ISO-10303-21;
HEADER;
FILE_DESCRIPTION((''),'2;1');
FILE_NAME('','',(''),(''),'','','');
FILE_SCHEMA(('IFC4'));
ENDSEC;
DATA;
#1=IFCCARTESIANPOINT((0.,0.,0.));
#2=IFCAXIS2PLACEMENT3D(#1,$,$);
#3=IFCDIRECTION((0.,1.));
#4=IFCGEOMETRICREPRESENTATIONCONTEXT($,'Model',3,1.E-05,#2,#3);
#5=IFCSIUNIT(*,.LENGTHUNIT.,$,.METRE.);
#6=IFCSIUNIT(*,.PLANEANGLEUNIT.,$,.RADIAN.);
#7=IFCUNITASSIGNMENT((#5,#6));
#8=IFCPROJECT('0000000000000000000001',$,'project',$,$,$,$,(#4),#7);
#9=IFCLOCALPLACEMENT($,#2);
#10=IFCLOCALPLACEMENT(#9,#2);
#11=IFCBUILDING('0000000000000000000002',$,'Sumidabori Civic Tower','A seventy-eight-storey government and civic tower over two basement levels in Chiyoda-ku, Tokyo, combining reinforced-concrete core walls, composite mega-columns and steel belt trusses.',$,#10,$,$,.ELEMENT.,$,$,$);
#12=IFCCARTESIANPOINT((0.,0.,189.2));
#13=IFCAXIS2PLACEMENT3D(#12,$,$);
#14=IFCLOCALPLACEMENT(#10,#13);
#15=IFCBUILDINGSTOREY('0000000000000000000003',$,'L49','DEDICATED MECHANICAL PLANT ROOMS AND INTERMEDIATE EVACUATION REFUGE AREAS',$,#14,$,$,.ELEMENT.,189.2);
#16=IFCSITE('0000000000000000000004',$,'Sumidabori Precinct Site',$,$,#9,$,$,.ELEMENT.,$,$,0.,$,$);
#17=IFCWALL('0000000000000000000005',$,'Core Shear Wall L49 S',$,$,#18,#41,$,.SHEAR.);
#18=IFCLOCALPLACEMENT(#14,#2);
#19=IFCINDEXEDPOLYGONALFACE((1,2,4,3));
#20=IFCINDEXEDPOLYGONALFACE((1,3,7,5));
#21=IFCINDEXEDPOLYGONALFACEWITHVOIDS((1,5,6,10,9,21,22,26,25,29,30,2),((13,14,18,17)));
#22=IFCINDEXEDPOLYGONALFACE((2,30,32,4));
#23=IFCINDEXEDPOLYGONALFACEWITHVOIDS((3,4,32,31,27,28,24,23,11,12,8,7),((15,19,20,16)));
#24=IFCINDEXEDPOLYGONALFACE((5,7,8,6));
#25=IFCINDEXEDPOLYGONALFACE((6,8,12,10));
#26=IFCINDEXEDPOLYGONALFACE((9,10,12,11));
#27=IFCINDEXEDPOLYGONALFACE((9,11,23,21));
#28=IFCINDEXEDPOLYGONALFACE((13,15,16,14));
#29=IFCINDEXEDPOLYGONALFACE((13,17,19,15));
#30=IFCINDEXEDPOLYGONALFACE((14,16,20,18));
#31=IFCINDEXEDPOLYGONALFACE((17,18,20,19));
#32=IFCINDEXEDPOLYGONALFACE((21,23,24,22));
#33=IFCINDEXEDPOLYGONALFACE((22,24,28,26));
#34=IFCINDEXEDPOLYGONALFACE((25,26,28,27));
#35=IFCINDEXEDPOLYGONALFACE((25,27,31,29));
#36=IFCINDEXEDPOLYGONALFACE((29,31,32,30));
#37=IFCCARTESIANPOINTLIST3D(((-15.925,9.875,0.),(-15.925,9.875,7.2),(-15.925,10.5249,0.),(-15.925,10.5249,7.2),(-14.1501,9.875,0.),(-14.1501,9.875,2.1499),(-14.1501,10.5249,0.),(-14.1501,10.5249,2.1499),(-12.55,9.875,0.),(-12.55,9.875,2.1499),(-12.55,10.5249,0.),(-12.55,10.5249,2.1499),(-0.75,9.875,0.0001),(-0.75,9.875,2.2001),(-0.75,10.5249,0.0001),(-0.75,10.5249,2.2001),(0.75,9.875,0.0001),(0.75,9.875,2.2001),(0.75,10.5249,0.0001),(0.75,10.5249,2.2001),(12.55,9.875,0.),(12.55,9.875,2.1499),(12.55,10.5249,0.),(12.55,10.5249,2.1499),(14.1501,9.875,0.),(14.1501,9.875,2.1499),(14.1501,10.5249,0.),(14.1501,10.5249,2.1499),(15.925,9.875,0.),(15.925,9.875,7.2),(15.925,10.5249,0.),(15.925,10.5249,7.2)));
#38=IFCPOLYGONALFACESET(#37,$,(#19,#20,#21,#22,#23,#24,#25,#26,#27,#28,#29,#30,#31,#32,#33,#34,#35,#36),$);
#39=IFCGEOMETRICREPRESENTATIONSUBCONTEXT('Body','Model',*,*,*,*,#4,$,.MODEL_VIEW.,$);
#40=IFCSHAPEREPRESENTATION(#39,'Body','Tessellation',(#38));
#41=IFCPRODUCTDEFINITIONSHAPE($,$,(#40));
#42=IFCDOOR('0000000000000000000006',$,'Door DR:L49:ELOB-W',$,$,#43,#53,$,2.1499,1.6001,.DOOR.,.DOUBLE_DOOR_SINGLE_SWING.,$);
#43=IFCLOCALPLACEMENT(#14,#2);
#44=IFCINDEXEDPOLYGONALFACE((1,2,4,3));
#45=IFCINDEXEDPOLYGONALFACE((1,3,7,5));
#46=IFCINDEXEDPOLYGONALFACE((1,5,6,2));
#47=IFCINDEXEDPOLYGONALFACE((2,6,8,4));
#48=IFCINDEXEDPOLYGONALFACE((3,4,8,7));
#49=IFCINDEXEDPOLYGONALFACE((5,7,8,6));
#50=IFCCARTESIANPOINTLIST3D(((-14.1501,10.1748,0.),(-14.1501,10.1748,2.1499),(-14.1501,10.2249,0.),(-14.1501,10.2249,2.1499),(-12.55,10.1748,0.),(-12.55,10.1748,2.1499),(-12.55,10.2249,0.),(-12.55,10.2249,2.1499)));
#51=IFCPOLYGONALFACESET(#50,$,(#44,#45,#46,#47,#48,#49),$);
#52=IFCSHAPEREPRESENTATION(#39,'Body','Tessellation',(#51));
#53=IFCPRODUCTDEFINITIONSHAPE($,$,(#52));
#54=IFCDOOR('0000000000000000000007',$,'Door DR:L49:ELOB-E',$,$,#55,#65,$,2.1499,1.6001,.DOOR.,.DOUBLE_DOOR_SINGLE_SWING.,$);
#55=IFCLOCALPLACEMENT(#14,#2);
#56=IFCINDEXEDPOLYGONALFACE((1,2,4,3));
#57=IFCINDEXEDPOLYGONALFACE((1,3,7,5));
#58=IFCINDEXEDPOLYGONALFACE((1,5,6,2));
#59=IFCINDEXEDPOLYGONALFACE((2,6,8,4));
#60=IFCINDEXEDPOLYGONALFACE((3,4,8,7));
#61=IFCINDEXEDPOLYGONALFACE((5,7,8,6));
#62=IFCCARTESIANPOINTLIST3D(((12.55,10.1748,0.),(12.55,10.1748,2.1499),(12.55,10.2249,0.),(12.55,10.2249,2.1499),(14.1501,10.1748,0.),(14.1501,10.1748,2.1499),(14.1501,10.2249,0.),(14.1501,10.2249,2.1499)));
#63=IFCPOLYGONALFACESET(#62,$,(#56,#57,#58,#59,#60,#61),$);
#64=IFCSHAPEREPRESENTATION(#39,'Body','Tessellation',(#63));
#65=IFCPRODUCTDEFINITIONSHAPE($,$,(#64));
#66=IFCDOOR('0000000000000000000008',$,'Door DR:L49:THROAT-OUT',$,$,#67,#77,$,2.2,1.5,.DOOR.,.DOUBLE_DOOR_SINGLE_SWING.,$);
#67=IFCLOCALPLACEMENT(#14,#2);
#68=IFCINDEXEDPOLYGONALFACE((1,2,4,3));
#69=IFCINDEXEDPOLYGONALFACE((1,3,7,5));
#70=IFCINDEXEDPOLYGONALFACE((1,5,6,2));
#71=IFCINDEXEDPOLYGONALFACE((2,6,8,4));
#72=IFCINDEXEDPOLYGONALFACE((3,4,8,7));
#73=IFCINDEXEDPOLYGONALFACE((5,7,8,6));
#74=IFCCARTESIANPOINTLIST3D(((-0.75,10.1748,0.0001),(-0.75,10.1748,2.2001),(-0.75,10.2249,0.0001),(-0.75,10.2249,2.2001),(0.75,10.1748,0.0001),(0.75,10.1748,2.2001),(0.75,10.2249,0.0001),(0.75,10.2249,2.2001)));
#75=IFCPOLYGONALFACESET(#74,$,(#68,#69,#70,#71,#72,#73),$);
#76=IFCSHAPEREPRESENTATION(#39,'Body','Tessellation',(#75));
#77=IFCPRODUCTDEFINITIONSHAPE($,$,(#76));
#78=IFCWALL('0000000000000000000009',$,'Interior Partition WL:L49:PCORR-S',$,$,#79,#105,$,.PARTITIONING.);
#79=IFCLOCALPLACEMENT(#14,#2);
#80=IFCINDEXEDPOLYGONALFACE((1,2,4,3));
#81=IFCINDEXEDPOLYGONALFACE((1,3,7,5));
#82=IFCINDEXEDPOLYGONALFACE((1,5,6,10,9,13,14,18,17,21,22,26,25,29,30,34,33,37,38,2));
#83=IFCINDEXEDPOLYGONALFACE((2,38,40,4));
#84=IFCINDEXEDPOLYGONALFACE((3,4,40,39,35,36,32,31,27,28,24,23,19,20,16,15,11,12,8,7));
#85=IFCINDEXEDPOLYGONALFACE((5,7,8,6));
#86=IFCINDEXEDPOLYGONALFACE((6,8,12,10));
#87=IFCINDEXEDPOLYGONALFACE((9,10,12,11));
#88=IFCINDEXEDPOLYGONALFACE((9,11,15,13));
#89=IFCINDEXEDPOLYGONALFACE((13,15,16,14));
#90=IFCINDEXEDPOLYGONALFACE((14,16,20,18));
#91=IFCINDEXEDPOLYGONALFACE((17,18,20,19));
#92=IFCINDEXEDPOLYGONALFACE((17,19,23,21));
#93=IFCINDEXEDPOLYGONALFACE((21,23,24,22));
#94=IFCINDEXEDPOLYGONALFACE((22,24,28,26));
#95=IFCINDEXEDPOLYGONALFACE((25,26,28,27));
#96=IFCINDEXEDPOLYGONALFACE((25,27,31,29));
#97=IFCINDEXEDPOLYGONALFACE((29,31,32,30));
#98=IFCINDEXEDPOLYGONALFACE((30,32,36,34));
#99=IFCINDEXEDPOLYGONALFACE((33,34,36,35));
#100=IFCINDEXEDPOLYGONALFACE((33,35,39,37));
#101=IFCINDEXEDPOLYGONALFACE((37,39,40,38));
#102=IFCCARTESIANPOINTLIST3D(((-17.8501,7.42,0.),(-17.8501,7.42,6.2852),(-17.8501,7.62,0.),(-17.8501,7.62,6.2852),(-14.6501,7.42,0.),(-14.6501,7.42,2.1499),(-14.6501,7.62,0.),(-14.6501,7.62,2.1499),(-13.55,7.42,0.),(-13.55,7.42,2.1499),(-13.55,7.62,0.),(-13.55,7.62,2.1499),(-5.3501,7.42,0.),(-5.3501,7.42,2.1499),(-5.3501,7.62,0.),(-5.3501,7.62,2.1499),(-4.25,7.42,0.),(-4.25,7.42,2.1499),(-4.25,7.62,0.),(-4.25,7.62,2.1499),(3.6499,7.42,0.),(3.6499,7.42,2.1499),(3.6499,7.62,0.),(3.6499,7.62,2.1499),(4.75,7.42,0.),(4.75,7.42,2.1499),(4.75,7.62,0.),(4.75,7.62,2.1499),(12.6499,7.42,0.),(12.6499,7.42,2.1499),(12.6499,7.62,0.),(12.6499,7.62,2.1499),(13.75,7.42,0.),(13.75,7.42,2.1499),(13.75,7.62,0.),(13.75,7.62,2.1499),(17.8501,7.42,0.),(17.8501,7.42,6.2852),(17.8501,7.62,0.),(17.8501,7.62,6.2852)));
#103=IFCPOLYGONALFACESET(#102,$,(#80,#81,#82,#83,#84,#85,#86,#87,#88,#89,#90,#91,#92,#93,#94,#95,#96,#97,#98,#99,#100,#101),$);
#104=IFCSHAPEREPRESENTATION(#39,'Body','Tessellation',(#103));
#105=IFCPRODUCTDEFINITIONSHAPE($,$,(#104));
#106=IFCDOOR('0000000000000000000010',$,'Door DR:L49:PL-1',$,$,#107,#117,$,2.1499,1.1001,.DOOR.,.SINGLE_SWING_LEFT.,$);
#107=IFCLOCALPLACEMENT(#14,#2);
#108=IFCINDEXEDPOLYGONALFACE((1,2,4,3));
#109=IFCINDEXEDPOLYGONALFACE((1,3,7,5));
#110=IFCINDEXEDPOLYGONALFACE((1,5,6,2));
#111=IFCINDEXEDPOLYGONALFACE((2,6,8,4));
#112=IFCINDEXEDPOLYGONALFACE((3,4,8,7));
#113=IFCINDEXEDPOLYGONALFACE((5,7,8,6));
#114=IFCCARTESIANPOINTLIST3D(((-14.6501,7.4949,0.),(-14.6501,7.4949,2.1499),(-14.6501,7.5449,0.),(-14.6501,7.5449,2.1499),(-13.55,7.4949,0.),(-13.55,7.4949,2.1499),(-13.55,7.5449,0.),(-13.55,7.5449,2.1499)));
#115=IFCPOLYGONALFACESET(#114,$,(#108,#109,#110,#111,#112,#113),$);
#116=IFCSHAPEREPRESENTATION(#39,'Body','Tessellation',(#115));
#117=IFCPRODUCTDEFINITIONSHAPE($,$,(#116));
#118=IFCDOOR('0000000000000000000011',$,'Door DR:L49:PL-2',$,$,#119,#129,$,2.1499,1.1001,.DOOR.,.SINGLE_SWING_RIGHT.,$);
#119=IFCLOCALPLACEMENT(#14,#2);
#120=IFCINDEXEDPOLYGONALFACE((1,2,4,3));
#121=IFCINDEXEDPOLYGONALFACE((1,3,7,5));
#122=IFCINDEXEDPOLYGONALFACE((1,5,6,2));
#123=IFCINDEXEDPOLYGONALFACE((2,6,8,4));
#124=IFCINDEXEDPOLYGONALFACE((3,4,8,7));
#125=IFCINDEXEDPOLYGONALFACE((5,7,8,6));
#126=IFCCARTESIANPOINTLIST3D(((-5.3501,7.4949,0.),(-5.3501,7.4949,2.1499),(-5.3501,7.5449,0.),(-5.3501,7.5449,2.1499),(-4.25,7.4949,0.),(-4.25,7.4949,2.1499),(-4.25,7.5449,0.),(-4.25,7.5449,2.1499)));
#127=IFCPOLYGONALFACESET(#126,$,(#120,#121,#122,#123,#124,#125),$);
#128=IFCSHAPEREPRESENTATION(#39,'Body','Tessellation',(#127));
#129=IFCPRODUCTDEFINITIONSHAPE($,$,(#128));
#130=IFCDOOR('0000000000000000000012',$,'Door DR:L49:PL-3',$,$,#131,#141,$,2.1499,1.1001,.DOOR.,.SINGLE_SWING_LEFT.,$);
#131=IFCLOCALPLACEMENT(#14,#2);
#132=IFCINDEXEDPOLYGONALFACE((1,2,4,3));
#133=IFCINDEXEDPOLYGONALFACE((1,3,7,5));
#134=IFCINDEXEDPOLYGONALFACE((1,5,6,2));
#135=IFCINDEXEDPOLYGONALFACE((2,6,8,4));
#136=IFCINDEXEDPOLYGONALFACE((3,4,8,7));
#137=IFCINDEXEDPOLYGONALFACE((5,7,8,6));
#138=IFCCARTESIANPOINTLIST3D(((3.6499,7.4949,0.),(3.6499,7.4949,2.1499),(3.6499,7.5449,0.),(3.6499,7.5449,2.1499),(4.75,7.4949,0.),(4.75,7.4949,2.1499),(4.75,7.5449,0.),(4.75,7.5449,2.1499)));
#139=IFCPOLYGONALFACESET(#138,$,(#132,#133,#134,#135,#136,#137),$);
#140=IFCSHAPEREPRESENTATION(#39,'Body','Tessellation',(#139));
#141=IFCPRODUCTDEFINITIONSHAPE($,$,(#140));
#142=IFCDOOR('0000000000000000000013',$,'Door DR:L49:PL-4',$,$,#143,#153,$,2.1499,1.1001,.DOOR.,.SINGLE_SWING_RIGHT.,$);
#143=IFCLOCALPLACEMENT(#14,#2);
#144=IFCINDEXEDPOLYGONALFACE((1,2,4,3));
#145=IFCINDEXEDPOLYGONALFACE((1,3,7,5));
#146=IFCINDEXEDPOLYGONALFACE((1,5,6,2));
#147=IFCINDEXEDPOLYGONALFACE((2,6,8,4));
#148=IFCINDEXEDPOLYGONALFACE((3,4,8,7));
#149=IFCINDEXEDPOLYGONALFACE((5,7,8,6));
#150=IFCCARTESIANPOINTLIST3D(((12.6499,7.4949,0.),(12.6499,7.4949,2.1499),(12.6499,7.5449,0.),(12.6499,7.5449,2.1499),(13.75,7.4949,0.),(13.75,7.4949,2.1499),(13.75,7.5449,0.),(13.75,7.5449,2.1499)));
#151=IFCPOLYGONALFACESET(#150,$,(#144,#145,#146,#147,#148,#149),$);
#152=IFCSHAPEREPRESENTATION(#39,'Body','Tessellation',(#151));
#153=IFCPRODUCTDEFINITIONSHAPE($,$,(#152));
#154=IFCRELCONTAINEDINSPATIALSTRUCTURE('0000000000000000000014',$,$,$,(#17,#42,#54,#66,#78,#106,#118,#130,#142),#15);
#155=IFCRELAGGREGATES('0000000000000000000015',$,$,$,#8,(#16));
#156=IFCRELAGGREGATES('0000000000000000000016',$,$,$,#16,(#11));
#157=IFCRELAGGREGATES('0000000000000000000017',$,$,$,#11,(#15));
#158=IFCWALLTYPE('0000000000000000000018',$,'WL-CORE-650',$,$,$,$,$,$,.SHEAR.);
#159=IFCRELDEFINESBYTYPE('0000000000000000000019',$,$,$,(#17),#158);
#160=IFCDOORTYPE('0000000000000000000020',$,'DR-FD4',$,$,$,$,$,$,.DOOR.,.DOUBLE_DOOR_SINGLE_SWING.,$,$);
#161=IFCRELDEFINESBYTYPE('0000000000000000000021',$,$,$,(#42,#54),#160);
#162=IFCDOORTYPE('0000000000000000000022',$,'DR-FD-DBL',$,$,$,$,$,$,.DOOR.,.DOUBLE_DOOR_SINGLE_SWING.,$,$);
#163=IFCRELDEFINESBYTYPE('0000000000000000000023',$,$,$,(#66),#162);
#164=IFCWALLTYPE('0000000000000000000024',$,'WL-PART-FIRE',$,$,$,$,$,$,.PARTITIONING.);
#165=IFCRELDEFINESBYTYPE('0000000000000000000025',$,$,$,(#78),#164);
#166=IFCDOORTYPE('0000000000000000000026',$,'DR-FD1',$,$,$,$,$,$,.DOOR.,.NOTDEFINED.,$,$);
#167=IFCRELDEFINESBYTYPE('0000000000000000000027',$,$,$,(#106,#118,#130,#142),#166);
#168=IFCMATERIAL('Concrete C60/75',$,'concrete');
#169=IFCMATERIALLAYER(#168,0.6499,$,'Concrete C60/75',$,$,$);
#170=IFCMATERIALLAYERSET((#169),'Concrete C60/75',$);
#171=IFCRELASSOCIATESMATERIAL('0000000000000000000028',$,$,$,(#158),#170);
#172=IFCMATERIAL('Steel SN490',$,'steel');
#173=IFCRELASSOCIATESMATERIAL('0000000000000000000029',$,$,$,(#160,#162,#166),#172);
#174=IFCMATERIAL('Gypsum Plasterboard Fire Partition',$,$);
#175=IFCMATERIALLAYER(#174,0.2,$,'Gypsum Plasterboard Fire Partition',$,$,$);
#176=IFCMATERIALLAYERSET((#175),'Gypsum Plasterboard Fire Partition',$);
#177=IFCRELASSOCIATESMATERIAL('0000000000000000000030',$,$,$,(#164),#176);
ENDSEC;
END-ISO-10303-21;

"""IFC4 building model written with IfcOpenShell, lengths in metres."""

from ifc_helpers import new_model, si_unit, direction, frame, frame_2d, origin, place, context, subcontext, project, spatial, rectangle, extrude, source, transform, mapped, material, layer, layer_set, type_object, element, fill, save


model = new_model("IFC4")

# Units and contexts
model_context = context("Model", 3, precision=1e-05, world=origin(), true_north=direction((0.0, 1.0)))
body_context = subcontext(model_context, "Body", "Model", "MODEL_VIEW")
ifc_project = project(units=[si_unit("LENGTHUNIT", "METRE"), si_unit("PLANEANGLEUNIT", "RADIAN")], contexts=[model_context])

# Site, building, storey
site_placement = place(None, origin())
site = spatial("IfcSite", under=ifc_project, at=site_placement, Name="Sumidabori Precinct Site", CompositionType="ELEMENT", RefElevation=0.0)
building_placement = place(site_placement, origin())
building = spatial("IfcBuilding", under=site, at=building_placement, Name="Sumidabori Civic Tower", Description="A seventy-eight-storey government and civic tower over two basement levels in Chiyoda-ku, Tokyo, combining reinforced-concrete core walls, composite mega-columns and steel belt trusses.", CompositionType="ELEMENT")
storey_placement = place(building_placement, frame((0.0, 0.0, 189.2)))
storey = spatial("IfcBuildingStorey", under=building, at=storey_placement, Name="L49", Description="DEDICATED MECHANICAL PLANT ROOMS AND INTERMEDIATE EVACUATION REFUGE AREAS", CompositionType="ELEMENT", Elevation=189.2)

# Shared definitions
ifc_material_1 = material(Name="Concrete C60/75", Category="concrete")

# Shared definitions
ifc_material_2 = material(Name="Steel SN490", Category="steel")

# Walls, openings, doors
ifc_layer_1 = layer(ifc_material_1, 0.6499, Name="Concrete C60/75")
ifc_layer_set_1 = layer_set([ifc_layer_1], Name="Concrete C60/75")
wall_type_1 = type_object("IfcWallType", Name="WL-CORE-650", PredefinedType="SHEAR", material=ifc_layer_set_1)
shared_shape_1 = source(origin(), body_context, "Body", "SweptSolid", [
    extrude(rectangle(XDim=31.8501, YDim=0.6499, at=frame_2d((15.925, 0.0))), origin(), (0.0, 0.0, 1.0), 7.2),
])
wall_1_placement = place(storey_placement, frame((-15.925, 10.2, 0.0), z_axis=(0.0, 0.0, 1.0), x_axis=(1.0, 0.0, 0.0)))
wall_1 = element("IfcWall", 1, at=wall_1_placement, inside=storey, type_object=wall_type_1, Name="Core Shear Wall L49 S", PredefinedType="SHEAR", context=body_context, shape_type="MappedRepresentation", body=[
    mapped(shared_shape_1, transform((0.0, 0.0, 0.0), x_axis=(1.0, 0.0, 0.0), y_axis=(0.0, 1.0, 0.0), z_axis=(0.0, 0.0, 1.0), scale=1.0)),
])
opening_1_placement = place(wall_1_placement, frame((1.7749, 0.0, 0.0)))
opening_1 = element("IfcOpeningElement", 2, at=opening_1_placement, cuts=wall_1, PredefinedType="OPENING", context=body_context, shape_type="SweptSolid", body=[
    extrude(rectangle(XDim=1.6001, YDim=2.1499, at=frame_2d((0.8, 1.075))), frame((0.0, 0.3369, 0.0), z_axis=(0.0, -1.0, 0.0), x_axis=(1.0, 0.0, 0.0)), (0.0, 0.0, 1.0), 0.6738),
])
opening_2_placement = place(wall_1_placement, frame((28.4751, 0.0, 0.0)))
opening_2 = element("IfcOpeningElement", 3, at=opening_2_placement, cuts=wall_1, PredefinedType="OPENING", context=body_context, shape_type="SweptSolid", body=[
    extrude(rectangle(XDim=1.6001, YDim=2.1499, at=frame_2d((0.8, 1.075))), frame((0.0, 0.3369, 0.0), z_axis=(0.0, -1.0, 0.0), x_axis=(1.0, 0.0, 0.0)), (0.0, 0.0, 1.0), 0.6738),
])
opening_3_placement = place(wall_1_placement, frame((15.175, 0.0, 0.0)))
opening_3 = element("IfcOpeningElement", 4, at=opening_3_placement, cuts=wall_1, PredefinedType="OPENING", context=body_context, shape_type="SweptSolid", body=[
    extrude(rectangle(XDim=1.5, YDim=2.2, at=frame_2d((0.75, 1.1001))), frame((0.0, 0.3369, 0.0), z_axis=(0.0, -1.0, 0.0), x_axis=(1.0, 0.0, 0.0)), (0.0, 0.0, 1.0), 0.6738),
])
door_type_1 = type_object("IfcDoorType", Name="DR-FD4", OperationType="DOUBLE_DOOR_SINGLE_SWING", PredefinedType="DOOR", material=ifc_material_2)
shared_shape_2 = source(origin(), body_context, "Body", "SweptSolid", [
    extrude(rectangle(XDim=1.6001, YDim=2.1499, at=frame_2d((0.8, 1.075))), frame((0.0, 0.0249, 0.0), z_axis=(0.0, -1.0, 0.0), x_axis=(1.0, 0.0, 0.0)), (0.0, 0.0, 1.0), 0.05),
])
door_1_placement = place(opening_1_placement, origin())
door_1 = element("IfcDoor", 5, at=door_1_placement, inside=storey, type_object=door_type_1, Name="Door DR:L49:ELOB-W", OperationType="DOUBLE_DOOR_SINGLE_SWING", OverallHeight=2.1499, OverallWidth=1.6001, PredefinedType="DOOR", context=body_context, shape_type="MappedRepresentation", body=[
    mapped(shared_shape_2, transform((0.0, 0.0, 0.0), x_axis=(1.0, 0.0, 0.0), y_axis=(0.0, 1.0, 0.0), z_axis=(0.0, 0.0, 1.0), scale=1.0)),
])
fill(opening_1, door_1)
door_2_placement = place(opening_2_placement, origin())
door_2 = element("IfcDoor", 6, at=door_2_placement, inside=storey, type_object=door_type_1, Name="Door DR:L49:ELOB-E", OperationType="DOUBLE_DOOR_SINGLE_SWING", OverallHeight=2.1499, OverallWidth=1.6001, PredefinedType="DOOR", context=body_context, shape_type="MappedRepresentation", body=[
    mapped(shared_shape_2, transform((0.0, 0.0, 0.0), x_axis=(1.0, 0.0, 0.0), y_axis=(0.0, 1.0, 0.0), z_axis=(0.0, 0.0, 1.0), scale=1.0)),
])
fill(opening_2, door_2)
door_type_2 = type_object("IfcDoorType", Name="DR-FD-DBL", OperationType="DOUBLE_DOOR_SINGLE_SWING", PredefinedType="DOOR", material=ifc_material_2)
shared_shape_3 = source(origin(), body_context, "Body", "SweptSolid", [
    extrude(rectangle(XDim=1.5, YDim=2.2, at=frame_2d((0.75, 1.1001))), frame((0.0, 0.0249, 0.0), z_axis=(0.0, -1.0, 0.0), x_axis=(1.0, 0.0, 0.0)), (0.0, 0.0, 1.0), 0.05),
])
door_3_placement = place(opening_3_placement, origin())
door_3 = element("IfcDoor", 7, at=door_3_placement, inside=storey, type_object=door_type_2, Name="Door DR:L49:THROAT-OUT", OperationType="DOUBLE_DOOR_SINGLE_SWING", OverallHeight=2.2, OverallWidth=1.5, PredefinedType="DOOR", context=body_context, shape_type="MappedRepresentation", body=[
    mapped(shared_shape_3, transform((0.0, 0.0, 0.0), x_axis=(1.0, 0.0, 0.0), y_axis=(0.0, 1.0, 0.0), z_axis=(0.0, 0.0, 1.0), scale=1.0)),
])
fill(opening_3, door_3)
ifc_material_3 = material(Name="Gypsum Plasterboard Fire Partition")
ifc_layer_2 = layer(ifc_material_3, 0.2, Name="Gypsum Plasterboard Fire Partition")
ifc_layer_set_2 = layer_set([ifc_layer_2], Name="Gypsum Plasterboard Fire Partition")
wall_type_2 = type_object("IfcWallType", Name="WL-PART-FIRE", PredefinedType="PARTITIONING", material=ifc_layer_set_2)
shared_shape_4 = source(origin(), body_context, "Body", "SweptSolid", [
    extrude(rectangle(XDim=35.7002, YDim=0.2, at=frame_2d((17.8501, 0.0))), origin(), (0.0, 0.0, 1.0), 6.2852),
])
wall_2_placement = place(storey_placement, frame((-17.8501, 7.52, 0.0), z_axis=(0.0, 0.0, 1.0), x_axis=(1.0, 0.0, 0.0)))
wall_2 = element("IfcWall", 8, at=wall_2_placement, inside=storey, type_object=wall_type_2, Name="Interior Partition WL:L49:PCORR-S", PredefinedType="PARTITIONING", context=body_context, shape_type="MappedRepresentation", body=[
    mapped(shared_shape_4, transform((0.0, 0.0, 0.0), x_axis=(1.0, 0.0, 0.0), y_axis=(0.0, 1.0, 0.0), z_axis=(0.0, 0.0, 1.0), scale=1.0)),
])
opening_4_placement = place(wall_2_placement, frame((3.2, 0.0, 0.0)))
opening_4 = element("IfcOpeningElement", 9, at=opening_4_placement, cuts=wall_2, PredefinedType="OPENING", context=body_context, shape_type="SweptSolid", body=[
    extrude(rectangle(XDim=1.1001, YDim=2.1499, at=frame_2d((0.55, 1.075))), frame((0.0, 0.1118, 0.0), z_axis=(0.0, -1.0, 0.0), x_axis=(1.0, 0.0, 0.0)), (0.0, 0.0, 1.0), 0.2239),
])
opening_5_placement = place(wall_2_placement, frame((12.5, 0.0, 0.0)))
opening_5 = element("IfcOpeningElement", 10, at=opening_5_placement, cuts=wall_2, PredefinedType="OPENING", context=body_context, shape_type="SweptSolid", body=[
    extrude(rectangle(XDim=1.1001, YDim=2.1499, at=frame_2d((0.55, 1.075))), frame((0.0, 0.1118, 0.0), z_axis=(0.0, -1.0, 0.0), x_axis=(1.0, 0.0, 0.0)), (0.0, 0.0, 1.0), 0.2239),
])
opening_6_placement = place(wall_2_placement, frame((21.5, 0.0, 0.0)))
opening_6 = element("IfcOpeningElement", 11, at=opening_6_placement, cuts=wall_2, PredefinedType="OPENING", context=body_context, shape_type="SweptSolid", body=[
    extrude(rectangle(XDim=1.1001, YDim=2.1499, at=frame_2d((0.55, 1.075))), frame((0.0, 0.1118, 0.0), z_axis=(0.0, -1.0, 0.0), x_axis=(1.0, 0.0, 0.0)), (0.0, 0.0, 1.0), 0.2239),
])
opening_7_placement = place(wall_2_placement, frame((30.5, 0.0, 0.0)))
opening_7 = element("IfcOpeningElement", 12, at=opening_7_placement, cuts=wall_2, PredefinedType="OPENING", context=body_context, shape_type="SweptSolid", body=[
    extrude(rectangle(XDim=1.1001, YDim=2.1499, at=frame_2d((0.55, 1.075))), frame((0.0, 0.1118, 0.0), z_axis=(0.0, -1.0, 0.0), x_axis=(1.0, 0.0, 0.0)), (0.0, 0.0, 1.0), 0.2239),
])
door_type_3 = type_object("IfcDoorType", Name="DR-FD1", OperationType="NOTDEFINED", PredefinedType="DOOR", material=ifc_material_2)
shared_shape_5 = source(origin(), body_context, "Body", "SweptSolid", [
    extrude(rectangle(XDim=1.1001, YDim=2.1499, at=frame_2d((0.55, 1.075))), frame((0.0, 0.0249, 0.0), z_axis=(0.0, -1.0, 0.0), x_axis=(1.0, 0.0, 0.0)), (0.0, 0.0, 1.0), 0.05),
])
door_4_placement = place(opening_4_placement, origin())
door_4 = element("IfcDoor", 13, at=door_4_placement, inside=storey, type_object=door_type_3, Name="Door DR:L49:PL-1", OperationType="SINGLE_SWING_LEFT", OverallHeight=2.1499, OverallWidth=1.1001, PredefinedType="DOOR", context=body_context, shape_type="MappedRepresentation", body=[
    mapped(shared_shape_5, transform((0.0, 0.0, 0.0), x_axis=(1.0, 0.0, 0.0), y_axis=(0.0, 1.0, 0.0), z_axis=(0.0, 0.0, 1.0), scale=1.0)),
])
fill(opening_4, door_4)
door_5_placement = place(opening_5_placement, origin())
door_5 = element("IfcDoor", 14, at=door_5_placement, inside=storey, type_object=door_type_3, Name="Door DR:L49:PL-2", OperationType="SINGLE_SWING_RIGHT", OverallHeight=2.1499, OverallWidth=1.1001, PredefinedType="DOOR", context=body_context, shape_type="MappedRepresentation", body=[
    mapped(shared_shape_5, transform((0.0, 0.0, 0.0), x_axis=(1.0, 0.0, 0.0), y_axis=(0.0, 1.0, 0.0), z_axis=(0.0, 0.0, 1.0), scale=1.0)),
])
fill(opening_5, door_5)
door_6_placement = place(opening_6_placement, origin())
door_6 = element("IfcDoor", 15, at=door_6_placement, inside=storey, type_object=door_type_3, Name="Door DR:L49:PL-3", OperationType="SINGLE_SWING_LEFT", OverallHeight=2.1499, OverallWidth=1.1001, PredefinedType="DOOR", context=body_context, shape_type="MappedRepresentation", body=[
    mapped(shared_shape_5, transform((0.0, 0.0, 0.0), x_axis=(1.0, 0.0, 0.0), y_axis=(0.0, 1.0, 0.0), z_axis=(0.0, 0.0, 1.0), scale=1.0)),
])
fill(opening_6, door_6)
door_7_placement = place(opening_7_placement, origin())
door_7 = element("IfcDoor", 16, at=door_7_placement, inside=storey, type_object=door_type_3, Name="Door DR:L49:PL-4", OperationType="SINGLE_SWING_RIGHT", OverallHeight=2.1499, OverallWidth=1.1001, PredefinedType="DOOR", context=body_context, shape_type="MappedRepresentation", body=[
    mapped(shared_shape_5, transform((0.0, 0.0, 0.0), x_axis=(1.0, 0.0, 0.0), y_axis=(0.0, 1.0, 0.0), z_axis=(0.0, 0.0, 1.0), scale=1.0)),
])
fill(opening_7, door_7)

save(model, "model.ifc")
